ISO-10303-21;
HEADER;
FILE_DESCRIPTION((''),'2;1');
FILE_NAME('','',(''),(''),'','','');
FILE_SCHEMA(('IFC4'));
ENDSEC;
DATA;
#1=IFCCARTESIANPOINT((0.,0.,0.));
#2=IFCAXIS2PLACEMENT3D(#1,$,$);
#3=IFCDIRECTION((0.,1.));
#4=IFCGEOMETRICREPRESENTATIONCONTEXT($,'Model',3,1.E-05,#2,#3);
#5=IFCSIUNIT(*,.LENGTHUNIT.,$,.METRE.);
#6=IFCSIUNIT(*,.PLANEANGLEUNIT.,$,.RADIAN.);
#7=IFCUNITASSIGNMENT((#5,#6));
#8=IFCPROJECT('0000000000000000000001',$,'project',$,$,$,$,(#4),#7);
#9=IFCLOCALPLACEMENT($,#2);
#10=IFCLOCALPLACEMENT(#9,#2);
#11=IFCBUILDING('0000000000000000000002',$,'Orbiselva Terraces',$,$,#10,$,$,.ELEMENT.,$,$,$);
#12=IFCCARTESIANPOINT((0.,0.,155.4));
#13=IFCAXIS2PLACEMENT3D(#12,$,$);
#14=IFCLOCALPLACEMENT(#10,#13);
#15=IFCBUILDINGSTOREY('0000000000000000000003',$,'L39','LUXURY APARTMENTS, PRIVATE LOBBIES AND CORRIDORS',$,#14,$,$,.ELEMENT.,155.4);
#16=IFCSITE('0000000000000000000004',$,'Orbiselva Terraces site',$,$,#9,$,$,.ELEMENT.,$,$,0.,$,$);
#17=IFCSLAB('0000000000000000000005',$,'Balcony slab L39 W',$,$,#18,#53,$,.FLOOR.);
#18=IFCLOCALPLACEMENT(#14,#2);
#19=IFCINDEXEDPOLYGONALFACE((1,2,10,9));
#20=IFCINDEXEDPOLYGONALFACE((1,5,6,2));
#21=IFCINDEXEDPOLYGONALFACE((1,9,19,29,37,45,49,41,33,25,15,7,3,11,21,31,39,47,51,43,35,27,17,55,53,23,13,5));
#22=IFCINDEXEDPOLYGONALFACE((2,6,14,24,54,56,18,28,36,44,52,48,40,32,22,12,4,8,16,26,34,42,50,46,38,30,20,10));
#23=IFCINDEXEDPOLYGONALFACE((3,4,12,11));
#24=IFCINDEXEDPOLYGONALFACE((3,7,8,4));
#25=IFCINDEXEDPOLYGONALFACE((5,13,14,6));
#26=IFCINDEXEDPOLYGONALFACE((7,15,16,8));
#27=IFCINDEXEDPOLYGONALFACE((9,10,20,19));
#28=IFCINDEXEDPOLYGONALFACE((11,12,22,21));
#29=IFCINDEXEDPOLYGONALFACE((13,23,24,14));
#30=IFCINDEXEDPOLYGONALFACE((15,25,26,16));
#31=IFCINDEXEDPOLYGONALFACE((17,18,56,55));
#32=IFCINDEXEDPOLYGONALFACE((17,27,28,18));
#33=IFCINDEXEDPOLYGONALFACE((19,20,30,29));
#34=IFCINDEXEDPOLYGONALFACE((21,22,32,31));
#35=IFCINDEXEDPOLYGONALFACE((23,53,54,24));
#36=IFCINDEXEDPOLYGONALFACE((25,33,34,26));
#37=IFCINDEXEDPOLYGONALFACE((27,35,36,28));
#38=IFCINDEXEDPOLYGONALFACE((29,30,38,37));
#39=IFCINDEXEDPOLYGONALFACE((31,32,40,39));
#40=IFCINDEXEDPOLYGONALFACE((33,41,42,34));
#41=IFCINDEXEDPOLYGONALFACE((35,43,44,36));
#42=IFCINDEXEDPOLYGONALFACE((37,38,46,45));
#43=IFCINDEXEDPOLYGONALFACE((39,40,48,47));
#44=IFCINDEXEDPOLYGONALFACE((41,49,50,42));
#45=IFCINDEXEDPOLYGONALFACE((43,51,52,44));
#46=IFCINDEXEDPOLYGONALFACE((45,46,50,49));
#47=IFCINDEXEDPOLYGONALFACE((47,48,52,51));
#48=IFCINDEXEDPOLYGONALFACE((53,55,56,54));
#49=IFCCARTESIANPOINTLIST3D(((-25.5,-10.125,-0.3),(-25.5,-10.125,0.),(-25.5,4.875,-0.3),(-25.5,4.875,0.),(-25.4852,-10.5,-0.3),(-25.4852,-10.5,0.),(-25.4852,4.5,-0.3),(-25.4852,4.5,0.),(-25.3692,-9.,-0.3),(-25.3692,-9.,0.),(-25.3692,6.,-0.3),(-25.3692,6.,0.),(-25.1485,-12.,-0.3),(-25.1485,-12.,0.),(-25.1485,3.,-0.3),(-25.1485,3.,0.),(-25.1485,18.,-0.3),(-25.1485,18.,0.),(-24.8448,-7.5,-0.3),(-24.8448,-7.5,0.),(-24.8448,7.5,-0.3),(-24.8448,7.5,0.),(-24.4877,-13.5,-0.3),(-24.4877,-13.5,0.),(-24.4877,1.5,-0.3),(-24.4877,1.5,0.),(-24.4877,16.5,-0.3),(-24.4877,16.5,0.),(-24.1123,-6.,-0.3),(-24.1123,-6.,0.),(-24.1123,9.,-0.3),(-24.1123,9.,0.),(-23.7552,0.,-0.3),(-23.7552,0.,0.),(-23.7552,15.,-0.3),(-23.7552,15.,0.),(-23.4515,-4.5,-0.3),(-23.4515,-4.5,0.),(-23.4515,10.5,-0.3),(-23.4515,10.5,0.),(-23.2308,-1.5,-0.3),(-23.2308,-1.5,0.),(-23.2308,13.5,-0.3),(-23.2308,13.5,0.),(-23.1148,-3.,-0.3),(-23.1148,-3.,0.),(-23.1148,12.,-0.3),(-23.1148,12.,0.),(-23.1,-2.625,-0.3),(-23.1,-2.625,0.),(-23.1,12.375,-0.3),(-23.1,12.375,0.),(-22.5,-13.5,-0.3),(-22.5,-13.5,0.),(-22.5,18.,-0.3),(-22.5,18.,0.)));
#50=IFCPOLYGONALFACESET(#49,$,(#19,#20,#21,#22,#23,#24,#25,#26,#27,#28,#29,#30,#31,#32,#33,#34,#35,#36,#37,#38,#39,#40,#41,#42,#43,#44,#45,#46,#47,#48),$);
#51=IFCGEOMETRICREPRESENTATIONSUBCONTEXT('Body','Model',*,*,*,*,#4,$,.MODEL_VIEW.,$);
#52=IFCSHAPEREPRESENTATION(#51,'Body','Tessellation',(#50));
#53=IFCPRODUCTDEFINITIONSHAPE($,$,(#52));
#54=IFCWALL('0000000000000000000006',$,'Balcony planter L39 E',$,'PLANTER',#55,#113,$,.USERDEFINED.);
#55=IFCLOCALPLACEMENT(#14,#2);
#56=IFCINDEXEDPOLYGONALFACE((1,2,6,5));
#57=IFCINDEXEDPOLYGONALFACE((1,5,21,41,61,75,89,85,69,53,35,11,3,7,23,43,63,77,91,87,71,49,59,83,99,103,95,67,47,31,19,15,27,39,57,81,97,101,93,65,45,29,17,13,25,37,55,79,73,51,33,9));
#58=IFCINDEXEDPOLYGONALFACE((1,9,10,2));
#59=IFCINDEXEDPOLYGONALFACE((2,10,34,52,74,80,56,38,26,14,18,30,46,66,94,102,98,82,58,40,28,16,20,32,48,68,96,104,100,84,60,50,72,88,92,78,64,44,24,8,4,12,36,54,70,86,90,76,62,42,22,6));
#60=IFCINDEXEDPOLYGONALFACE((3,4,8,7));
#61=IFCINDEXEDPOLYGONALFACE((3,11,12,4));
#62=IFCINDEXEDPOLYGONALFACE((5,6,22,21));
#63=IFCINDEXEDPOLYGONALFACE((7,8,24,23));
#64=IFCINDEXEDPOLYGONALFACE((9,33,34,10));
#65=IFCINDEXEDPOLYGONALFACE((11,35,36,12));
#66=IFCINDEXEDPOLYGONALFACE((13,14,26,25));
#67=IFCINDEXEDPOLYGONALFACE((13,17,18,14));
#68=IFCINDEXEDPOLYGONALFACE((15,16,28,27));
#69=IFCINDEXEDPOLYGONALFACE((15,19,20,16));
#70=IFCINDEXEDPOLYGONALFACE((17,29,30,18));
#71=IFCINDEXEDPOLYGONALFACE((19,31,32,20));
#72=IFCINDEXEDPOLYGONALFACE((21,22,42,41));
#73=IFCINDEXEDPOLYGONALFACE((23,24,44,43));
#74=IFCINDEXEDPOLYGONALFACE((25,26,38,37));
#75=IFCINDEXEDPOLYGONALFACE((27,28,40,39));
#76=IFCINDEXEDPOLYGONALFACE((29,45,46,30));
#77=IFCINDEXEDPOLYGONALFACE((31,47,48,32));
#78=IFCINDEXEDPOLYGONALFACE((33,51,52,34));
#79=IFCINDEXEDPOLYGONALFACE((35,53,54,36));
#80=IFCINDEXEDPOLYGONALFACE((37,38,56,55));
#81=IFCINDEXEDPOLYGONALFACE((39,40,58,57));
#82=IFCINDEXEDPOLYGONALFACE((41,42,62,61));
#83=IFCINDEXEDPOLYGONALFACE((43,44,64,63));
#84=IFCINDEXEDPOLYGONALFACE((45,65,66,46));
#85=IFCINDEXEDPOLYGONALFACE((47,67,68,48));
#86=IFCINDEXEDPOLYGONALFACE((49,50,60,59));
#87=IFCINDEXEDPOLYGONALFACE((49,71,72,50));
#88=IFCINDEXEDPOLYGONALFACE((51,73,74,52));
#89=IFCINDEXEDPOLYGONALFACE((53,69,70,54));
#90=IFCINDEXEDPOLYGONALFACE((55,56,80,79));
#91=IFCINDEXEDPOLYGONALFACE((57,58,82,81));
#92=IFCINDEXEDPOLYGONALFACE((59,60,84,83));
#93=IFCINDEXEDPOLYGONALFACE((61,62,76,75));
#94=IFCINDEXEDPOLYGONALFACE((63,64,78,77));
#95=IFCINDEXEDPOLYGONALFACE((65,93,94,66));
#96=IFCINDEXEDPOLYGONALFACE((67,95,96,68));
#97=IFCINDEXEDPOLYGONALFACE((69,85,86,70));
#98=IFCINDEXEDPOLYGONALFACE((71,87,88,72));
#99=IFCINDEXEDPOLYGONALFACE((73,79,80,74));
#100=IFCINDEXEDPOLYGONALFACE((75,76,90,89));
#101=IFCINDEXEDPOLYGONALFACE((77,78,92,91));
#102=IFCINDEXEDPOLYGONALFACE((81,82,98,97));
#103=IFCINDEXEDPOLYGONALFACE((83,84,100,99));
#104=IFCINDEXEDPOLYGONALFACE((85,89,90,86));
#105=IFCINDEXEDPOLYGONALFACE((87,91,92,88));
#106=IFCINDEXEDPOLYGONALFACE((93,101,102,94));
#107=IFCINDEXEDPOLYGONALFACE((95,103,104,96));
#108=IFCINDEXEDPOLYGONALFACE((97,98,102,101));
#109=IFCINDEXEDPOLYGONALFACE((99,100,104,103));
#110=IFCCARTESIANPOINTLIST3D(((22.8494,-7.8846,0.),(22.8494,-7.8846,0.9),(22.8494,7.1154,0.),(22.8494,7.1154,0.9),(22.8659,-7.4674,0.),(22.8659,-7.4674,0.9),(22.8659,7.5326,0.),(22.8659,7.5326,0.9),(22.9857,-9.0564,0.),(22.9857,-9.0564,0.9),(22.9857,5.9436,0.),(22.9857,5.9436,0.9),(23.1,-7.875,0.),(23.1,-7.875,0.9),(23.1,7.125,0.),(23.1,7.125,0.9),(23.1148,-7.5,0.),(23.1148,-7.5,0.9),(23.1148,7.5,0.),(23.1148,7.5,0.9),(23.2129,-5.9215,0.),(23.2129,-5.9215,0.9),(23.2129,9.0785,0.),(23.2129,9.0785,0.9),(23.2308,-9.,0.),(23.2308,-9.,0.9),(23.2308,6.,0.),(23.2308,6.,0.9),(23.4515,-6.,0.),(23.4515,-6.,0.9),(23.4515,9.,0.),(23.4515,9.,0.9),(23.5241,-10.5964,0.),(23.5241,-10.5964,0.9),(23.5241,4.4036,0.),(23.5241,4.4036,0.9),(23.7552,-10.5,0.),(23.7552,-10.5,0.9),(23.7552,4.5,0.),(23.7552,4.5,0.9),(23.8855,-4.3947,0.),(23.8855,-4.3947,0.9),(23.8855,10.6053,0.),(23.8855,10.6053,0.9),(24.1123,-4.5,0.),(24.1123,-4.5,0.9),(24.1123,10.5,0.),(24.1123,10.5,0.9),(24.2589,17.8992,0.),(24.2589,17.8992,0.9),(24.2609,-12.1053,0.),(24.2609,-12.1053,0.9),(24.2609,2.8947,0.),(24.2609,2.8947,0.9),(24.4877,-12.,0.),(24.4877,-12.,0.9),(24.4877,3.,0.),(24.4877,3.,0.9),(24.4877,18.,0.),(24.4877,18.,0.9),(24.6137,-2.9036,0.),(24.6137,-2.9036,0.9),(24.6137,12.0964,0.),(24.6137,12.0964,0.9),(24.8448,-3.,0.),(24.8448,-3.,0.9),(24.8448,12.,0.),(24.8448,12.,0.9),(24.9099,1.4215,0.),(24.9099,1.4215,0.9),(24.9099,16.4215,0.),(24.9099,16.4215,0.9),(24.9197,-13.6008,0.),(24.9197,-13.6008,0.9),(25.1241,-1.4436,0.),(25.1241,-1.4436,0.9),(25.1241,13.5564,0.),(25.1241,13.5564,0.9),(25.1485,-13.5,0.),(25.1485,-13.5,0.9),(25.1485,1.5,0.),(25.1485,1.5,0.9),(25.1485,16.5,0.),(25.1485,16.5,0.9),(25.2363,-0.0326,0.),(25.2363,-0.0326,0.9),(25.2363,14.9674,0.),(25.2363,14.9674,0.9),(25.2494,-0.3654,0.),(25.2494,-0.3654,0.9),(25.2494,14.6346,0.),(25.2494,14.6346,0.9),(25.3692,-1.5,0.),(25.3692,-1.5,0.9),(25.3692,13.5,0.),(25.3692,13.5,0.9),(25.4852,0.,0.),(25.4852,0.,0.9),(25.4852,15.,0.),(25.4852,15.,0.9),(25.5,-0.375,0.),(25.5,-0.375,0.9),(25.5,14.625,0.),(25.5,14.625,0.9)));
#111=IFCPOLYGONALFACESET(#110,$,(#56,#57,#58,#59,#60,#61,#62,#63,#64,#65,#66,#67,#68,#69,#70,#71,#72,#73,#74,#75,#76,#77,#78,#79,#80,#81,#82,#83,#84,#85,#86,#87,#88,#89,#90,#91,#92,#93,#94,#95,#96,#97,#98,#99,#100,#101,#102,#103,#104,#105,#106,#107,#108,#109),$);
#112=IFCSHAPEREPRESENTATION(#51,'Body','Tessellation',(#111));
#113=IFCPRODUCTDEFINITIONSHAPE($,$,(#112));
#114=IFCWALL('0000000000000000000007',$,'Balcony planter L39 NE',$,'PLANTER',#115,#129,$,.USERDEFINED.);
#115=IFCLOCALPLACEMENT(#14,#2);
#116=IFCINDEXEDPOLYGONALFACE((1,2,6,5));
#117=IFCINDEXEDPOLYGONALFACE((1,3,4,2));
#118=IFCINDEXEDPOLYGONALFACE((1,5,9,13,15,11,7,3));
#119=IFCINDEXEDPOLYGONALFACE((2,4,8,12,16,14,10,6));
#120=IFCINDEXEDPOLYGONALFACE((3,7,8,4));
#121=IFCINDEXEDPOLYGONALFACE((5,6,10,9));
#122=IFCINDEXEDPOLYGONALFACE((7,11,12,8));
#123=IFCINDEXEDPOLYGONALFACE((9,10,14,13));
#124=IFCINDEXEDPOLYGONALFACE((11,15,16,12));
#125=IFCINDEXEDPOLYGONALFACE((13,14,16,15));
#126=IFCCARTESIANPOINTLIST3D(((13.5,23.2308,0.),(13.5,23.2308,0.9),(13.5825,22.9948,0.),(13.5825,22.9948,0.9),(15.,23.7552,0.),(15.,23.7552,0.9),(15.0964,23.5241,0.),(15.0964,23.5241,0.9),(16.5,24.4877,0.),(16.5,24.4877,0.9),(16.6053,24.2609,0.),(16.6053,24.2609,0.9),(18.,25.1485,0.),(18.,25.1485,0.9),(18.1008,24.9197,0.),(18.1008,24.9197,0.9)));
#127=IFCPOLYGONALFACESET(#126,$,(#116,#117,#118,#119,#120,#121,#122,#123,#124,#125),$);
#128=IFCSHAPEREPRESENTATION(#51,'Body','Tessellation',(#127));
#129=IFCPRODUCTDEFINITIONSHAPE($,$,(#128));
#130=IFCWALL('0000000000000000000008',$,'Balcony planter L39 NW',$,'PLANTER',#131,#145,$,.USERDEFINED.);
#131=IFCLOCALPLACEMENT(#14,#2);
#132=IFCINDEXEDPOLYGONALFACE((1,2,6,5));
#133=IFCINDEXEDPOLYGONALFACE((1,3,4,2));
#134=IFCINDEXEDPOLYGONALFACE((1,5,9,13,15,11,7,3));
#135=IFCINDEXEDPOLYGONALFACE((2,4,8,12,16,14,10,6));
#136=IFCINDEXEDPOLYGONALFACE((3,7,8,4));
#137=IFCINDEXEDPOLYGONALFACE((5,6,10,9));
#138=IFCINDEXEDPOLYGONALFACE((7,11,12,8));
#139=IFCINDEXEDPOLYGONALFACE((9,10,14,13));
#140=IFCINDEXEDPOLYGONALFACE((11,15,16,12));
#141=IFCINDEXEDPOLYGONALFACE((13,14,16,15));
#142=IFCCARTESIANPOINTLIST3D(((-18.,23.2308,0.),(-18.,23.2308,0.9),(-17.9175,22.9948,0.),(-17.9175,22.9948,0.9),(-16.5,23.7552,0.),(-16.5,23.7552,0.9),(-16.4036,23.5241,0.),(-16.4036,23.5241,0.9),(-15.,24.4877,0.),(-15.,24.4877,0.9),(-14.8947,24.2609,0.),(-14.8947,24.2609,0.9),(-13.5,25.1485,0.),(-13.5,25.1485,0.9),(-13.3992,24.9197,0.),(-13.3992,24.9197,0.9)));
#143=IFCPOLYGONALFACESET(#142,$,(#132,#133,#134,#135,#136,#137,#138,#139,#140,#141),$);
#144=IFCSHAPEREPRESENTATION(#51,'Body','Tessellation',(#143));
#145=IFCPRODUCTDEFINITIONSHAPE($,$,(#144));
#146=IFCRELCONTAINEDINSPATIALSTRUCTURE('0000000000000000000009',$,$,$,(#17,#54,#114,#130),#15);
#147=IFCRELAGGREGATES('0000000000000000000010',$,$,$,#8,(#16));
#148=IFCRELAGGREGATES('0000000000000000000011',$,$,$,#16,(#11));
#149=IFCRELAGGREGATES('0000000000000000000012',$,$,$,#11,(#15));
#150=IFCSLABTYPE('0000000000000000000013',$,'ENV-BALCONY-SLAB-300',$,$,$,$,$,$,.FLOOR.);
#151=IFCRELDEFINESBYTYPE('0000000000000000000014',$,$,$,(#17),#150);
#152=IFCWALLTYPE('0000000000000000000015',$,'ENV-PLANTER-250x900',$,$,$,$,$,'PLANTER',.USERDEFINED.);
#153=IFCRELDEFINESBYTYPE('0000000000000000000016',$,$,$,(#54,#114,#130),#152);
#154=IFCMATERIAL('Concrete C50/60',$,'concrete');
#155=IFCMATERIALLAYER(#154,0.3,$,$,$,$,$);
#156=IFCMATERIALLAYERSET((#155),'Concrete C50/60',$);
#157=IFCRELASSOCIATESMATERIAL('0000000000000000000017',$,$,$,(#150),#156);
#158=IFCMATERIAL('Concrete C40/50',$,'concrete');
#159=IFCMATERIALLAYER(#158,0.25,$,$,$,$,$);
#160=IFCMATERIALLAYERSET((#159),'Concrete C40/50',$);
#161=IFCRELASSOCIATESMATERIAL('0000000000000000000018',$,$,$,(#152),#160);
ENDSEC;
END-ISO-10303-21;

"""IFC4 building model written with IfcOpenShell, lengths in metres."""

from ifc_helpers import new_model, si_unit, direction, frame, origin, place, context, subcontext, project, spatial, polyline, outline, extrude, material, layer, layer_set, type_object, element, save


model = new_model("IFC4")

# Units and contexts
model_context = context("Model", 3, precision=1e-05, world=origin(), true_north=direction((0.0, 1.0)))
body_context = subcontext(model_context, "Body", "Model", "MODEL_VIEW")
ifc_project = project(units=[si_unit("LENGTHUNIT", "METRE"), si_unit("PLANEANGLEUNIT", "RADIAN")], contexts=[model_context])

# Site, building, storey
site_placement = place(None, origin())
site = spatial("IfcSite", under=ifc_project, at=site_placement, Name="Orbiselva Terraces site", CompositionType="ELEMENT", RefElevation=0.0)
building_placement = place(site_placement, origin())
building = spatial("IfcBuilding", under=site, at=building_placement, Name="Orbiselva Terraces", CompositionType="ELEMENT")
storey_placement = place(building_placement, frame((0.0, 0.0, 155.4)))
storey = spatial("IfcBuildingStorey", under=building, at=storey_placement, Name="L39", Description="LUXURY APARTMENTS, PRIVATE LOBBIES AND CORRIDORS", CompositionType="ELEMENT", Elevation=155.4)

# Shared definitions
ifc_material_1 = material(Name="Concrete C40/50", Category="concrete")

# Slab
ifc_material_2 = material(Name="Concrete C50/60", Category="concrete")
ifc_layer_1 = layer(ifc_material_2, 0.3)
ifc_layer_set_1 = layer_set([ifc_layer_1], Name="Concrete C50/60")
slab_type_1 = type_object("IfcSlabType", Name="ENV-BALCONY-SLAB-300", PredefinedType="FLOOR", material=ifc_layer_set_1)
slab_1_placement = place(storey_placement, frame((0.0, 0.0, -0.3)))
element("IfcSlab", 1, at=slab_1_placement, inside=storey, type_object=slab_type_1, Name="Balcony slab L39 W", PredefinedType="FLOOR", context=body_context, shape_type="SweptSolid", body=[
    extrude(outline(polyline([(-25.1485, 18.0), (-24.4877, 16.5), (-23.7552, 15.0), (-23.2308, 13.5), (-23.1, 12.375), (-23.1148, 12.0), (-23.4515, 10.5), (-24.1123, 9.0), (-24.8448, 7.5), (-25.3692, 6.0), (-25.5, 4.875), (-25.4852, 4.5), (-25.1485, 3.0), (-24.4877, 1.5), (-23.7552, 0.0), (-23.2308, -1.5), (-23.1, -2.625), (-23.1148, -3.0), (-23.4515, -4.5), (-24.1123, -6.0), (-24.8448, -7.5), (-25.3692, -9.0), (-25.5, -10.125), (-25.4852, -10.5), (-25.1485, -12.0), (-24.4877, -13.5), (-22.5, -13.5), (-22.5, 18.0), (-25.1485, 18.0)])), origin(), (0.0, 0.0, 1.0), 0.3),
])

# Walls
ifc_layer_2 = layer(ifc_material_1, 0.25)
ifc_layer_set_2 = layer_set([ifc_layer_2], Name="Concrete C40/50")
wall_type_1 = type_object("IfcWallType", Name="ENV-PLANTER-250x900", ElementType="PLANTER", PredefinedType="USERDEFINED", material=ifc_layer_set_2)
wall_1_placement = place(storey_placement, origin())
element("IfcWall", 2, at=wall_1_placement, inside=storey, type_object=wall_type_1, Name="Balcony planter L39 E", ObjectType="PLANTER", PredefinedType="USERDEFINED", context=body_context, shape_type="SweptSolid", body=[
    extrude(outline(polyline([(25.1485, -13.5), (24.4877, -12.0), (23.7552, -10.5), (23.2308, -9.0), (23.1, -7.875), (23.1148, -7.5), (23.4515, -6.0), (24.1123, -4.5), (24.8448, -3.0), (25.3692, -1.5), (25.5, -0.375), (25.4852, 0.0), (25.1485, 1.5), (24.4877, 3.0), (23.7552, 4.5), (23.2308, 6.0), (23.1, 7.125), (23.1148, 7.5), (23.4515, 9.0), (24.1123, 10.5), (24.8448, 12.0), (25.3692, 13.5), (25.5, 14.625), (25.4852, 15.0), (25.1485, 16.5), (24.4877, 18.0), (24.2589, 17.8992), (24.9099, 16.4215), (25.2363, 14.9674), (25.2494, 14.6346), (25.1241, 13.5564), (24.6137, 12.0964), (23.8855, 10.6053), (23.2129, 9.0785), (22.8659, 7.5326), (22.8494, 7.1154), (22.9857, 5.9436), (23.5241, 4.4036), (24.2609, 2.8947), (24.9099, 1.4215), (25.2363, -0.0326), (25.2494, -0.3654), (25.1241, -1.4436), (24.6137, -2.9036), (23.8855, -4.3947), (23.2129, -5.9215), (22.8659, -7.4674), (22.8494, -7.8846), (22.9857, -9.0564), (23.5241, -10.5964), (24.2609, -12.1053), (24.9197, -13.6008), (25.1485, -13.5)])), origin(), (0.0, 0.0, 1.0), 0.9),
])
wall_2_placement = place(storey_placement, origin())
element("IfcWall", 3, at=wall_2_placement, inside=storey, type_object=wall_type_1, Name="Balcony planter L39 NE", ObjectType="PLANTER", PredefinedType="USERDEFINED", context=body_context, shape_type="SweptSolid", body=[
    extrude(outline(polyline([(18.0, 25.1485), (16.5, 24.4877), (15.0, 23.7552), (13.5, 23.2308), (13.5825, 22.9948), (15.0964, 23.5241), (16.6053, 24.2609), (18.1008, 24.9197), (18.0, 25.1485)])), origin(), (0.0, 0.0, 1.0), 0.9),
])
wall_3_placement = place(storey_placement, origin())
element("IfcWall", 4, at=wall_3_placement, inside=storey, type_object=wall_type_1, Name="Balcony planter L39 NW", ObjectType="PLANTER", PredefinedType="USERDEFINED", context=body_context, shape_type="SweptSolid", body=[
    extrude(outline(polyline([(-13.5, 25.1485), (-15.0, 24.4877), (-16.5, 23.7552), (-18.0, 23.2308), (-17.9175, 22.9948), (-16.4036, 23.5241), (-14.8947, 24.2609), (-13.3992, 24.9197), (-13.5, 25.1485)])), origin(), (0.0, 0.0, 1.0), 0.9),
])

save(model, "model.ifc")
